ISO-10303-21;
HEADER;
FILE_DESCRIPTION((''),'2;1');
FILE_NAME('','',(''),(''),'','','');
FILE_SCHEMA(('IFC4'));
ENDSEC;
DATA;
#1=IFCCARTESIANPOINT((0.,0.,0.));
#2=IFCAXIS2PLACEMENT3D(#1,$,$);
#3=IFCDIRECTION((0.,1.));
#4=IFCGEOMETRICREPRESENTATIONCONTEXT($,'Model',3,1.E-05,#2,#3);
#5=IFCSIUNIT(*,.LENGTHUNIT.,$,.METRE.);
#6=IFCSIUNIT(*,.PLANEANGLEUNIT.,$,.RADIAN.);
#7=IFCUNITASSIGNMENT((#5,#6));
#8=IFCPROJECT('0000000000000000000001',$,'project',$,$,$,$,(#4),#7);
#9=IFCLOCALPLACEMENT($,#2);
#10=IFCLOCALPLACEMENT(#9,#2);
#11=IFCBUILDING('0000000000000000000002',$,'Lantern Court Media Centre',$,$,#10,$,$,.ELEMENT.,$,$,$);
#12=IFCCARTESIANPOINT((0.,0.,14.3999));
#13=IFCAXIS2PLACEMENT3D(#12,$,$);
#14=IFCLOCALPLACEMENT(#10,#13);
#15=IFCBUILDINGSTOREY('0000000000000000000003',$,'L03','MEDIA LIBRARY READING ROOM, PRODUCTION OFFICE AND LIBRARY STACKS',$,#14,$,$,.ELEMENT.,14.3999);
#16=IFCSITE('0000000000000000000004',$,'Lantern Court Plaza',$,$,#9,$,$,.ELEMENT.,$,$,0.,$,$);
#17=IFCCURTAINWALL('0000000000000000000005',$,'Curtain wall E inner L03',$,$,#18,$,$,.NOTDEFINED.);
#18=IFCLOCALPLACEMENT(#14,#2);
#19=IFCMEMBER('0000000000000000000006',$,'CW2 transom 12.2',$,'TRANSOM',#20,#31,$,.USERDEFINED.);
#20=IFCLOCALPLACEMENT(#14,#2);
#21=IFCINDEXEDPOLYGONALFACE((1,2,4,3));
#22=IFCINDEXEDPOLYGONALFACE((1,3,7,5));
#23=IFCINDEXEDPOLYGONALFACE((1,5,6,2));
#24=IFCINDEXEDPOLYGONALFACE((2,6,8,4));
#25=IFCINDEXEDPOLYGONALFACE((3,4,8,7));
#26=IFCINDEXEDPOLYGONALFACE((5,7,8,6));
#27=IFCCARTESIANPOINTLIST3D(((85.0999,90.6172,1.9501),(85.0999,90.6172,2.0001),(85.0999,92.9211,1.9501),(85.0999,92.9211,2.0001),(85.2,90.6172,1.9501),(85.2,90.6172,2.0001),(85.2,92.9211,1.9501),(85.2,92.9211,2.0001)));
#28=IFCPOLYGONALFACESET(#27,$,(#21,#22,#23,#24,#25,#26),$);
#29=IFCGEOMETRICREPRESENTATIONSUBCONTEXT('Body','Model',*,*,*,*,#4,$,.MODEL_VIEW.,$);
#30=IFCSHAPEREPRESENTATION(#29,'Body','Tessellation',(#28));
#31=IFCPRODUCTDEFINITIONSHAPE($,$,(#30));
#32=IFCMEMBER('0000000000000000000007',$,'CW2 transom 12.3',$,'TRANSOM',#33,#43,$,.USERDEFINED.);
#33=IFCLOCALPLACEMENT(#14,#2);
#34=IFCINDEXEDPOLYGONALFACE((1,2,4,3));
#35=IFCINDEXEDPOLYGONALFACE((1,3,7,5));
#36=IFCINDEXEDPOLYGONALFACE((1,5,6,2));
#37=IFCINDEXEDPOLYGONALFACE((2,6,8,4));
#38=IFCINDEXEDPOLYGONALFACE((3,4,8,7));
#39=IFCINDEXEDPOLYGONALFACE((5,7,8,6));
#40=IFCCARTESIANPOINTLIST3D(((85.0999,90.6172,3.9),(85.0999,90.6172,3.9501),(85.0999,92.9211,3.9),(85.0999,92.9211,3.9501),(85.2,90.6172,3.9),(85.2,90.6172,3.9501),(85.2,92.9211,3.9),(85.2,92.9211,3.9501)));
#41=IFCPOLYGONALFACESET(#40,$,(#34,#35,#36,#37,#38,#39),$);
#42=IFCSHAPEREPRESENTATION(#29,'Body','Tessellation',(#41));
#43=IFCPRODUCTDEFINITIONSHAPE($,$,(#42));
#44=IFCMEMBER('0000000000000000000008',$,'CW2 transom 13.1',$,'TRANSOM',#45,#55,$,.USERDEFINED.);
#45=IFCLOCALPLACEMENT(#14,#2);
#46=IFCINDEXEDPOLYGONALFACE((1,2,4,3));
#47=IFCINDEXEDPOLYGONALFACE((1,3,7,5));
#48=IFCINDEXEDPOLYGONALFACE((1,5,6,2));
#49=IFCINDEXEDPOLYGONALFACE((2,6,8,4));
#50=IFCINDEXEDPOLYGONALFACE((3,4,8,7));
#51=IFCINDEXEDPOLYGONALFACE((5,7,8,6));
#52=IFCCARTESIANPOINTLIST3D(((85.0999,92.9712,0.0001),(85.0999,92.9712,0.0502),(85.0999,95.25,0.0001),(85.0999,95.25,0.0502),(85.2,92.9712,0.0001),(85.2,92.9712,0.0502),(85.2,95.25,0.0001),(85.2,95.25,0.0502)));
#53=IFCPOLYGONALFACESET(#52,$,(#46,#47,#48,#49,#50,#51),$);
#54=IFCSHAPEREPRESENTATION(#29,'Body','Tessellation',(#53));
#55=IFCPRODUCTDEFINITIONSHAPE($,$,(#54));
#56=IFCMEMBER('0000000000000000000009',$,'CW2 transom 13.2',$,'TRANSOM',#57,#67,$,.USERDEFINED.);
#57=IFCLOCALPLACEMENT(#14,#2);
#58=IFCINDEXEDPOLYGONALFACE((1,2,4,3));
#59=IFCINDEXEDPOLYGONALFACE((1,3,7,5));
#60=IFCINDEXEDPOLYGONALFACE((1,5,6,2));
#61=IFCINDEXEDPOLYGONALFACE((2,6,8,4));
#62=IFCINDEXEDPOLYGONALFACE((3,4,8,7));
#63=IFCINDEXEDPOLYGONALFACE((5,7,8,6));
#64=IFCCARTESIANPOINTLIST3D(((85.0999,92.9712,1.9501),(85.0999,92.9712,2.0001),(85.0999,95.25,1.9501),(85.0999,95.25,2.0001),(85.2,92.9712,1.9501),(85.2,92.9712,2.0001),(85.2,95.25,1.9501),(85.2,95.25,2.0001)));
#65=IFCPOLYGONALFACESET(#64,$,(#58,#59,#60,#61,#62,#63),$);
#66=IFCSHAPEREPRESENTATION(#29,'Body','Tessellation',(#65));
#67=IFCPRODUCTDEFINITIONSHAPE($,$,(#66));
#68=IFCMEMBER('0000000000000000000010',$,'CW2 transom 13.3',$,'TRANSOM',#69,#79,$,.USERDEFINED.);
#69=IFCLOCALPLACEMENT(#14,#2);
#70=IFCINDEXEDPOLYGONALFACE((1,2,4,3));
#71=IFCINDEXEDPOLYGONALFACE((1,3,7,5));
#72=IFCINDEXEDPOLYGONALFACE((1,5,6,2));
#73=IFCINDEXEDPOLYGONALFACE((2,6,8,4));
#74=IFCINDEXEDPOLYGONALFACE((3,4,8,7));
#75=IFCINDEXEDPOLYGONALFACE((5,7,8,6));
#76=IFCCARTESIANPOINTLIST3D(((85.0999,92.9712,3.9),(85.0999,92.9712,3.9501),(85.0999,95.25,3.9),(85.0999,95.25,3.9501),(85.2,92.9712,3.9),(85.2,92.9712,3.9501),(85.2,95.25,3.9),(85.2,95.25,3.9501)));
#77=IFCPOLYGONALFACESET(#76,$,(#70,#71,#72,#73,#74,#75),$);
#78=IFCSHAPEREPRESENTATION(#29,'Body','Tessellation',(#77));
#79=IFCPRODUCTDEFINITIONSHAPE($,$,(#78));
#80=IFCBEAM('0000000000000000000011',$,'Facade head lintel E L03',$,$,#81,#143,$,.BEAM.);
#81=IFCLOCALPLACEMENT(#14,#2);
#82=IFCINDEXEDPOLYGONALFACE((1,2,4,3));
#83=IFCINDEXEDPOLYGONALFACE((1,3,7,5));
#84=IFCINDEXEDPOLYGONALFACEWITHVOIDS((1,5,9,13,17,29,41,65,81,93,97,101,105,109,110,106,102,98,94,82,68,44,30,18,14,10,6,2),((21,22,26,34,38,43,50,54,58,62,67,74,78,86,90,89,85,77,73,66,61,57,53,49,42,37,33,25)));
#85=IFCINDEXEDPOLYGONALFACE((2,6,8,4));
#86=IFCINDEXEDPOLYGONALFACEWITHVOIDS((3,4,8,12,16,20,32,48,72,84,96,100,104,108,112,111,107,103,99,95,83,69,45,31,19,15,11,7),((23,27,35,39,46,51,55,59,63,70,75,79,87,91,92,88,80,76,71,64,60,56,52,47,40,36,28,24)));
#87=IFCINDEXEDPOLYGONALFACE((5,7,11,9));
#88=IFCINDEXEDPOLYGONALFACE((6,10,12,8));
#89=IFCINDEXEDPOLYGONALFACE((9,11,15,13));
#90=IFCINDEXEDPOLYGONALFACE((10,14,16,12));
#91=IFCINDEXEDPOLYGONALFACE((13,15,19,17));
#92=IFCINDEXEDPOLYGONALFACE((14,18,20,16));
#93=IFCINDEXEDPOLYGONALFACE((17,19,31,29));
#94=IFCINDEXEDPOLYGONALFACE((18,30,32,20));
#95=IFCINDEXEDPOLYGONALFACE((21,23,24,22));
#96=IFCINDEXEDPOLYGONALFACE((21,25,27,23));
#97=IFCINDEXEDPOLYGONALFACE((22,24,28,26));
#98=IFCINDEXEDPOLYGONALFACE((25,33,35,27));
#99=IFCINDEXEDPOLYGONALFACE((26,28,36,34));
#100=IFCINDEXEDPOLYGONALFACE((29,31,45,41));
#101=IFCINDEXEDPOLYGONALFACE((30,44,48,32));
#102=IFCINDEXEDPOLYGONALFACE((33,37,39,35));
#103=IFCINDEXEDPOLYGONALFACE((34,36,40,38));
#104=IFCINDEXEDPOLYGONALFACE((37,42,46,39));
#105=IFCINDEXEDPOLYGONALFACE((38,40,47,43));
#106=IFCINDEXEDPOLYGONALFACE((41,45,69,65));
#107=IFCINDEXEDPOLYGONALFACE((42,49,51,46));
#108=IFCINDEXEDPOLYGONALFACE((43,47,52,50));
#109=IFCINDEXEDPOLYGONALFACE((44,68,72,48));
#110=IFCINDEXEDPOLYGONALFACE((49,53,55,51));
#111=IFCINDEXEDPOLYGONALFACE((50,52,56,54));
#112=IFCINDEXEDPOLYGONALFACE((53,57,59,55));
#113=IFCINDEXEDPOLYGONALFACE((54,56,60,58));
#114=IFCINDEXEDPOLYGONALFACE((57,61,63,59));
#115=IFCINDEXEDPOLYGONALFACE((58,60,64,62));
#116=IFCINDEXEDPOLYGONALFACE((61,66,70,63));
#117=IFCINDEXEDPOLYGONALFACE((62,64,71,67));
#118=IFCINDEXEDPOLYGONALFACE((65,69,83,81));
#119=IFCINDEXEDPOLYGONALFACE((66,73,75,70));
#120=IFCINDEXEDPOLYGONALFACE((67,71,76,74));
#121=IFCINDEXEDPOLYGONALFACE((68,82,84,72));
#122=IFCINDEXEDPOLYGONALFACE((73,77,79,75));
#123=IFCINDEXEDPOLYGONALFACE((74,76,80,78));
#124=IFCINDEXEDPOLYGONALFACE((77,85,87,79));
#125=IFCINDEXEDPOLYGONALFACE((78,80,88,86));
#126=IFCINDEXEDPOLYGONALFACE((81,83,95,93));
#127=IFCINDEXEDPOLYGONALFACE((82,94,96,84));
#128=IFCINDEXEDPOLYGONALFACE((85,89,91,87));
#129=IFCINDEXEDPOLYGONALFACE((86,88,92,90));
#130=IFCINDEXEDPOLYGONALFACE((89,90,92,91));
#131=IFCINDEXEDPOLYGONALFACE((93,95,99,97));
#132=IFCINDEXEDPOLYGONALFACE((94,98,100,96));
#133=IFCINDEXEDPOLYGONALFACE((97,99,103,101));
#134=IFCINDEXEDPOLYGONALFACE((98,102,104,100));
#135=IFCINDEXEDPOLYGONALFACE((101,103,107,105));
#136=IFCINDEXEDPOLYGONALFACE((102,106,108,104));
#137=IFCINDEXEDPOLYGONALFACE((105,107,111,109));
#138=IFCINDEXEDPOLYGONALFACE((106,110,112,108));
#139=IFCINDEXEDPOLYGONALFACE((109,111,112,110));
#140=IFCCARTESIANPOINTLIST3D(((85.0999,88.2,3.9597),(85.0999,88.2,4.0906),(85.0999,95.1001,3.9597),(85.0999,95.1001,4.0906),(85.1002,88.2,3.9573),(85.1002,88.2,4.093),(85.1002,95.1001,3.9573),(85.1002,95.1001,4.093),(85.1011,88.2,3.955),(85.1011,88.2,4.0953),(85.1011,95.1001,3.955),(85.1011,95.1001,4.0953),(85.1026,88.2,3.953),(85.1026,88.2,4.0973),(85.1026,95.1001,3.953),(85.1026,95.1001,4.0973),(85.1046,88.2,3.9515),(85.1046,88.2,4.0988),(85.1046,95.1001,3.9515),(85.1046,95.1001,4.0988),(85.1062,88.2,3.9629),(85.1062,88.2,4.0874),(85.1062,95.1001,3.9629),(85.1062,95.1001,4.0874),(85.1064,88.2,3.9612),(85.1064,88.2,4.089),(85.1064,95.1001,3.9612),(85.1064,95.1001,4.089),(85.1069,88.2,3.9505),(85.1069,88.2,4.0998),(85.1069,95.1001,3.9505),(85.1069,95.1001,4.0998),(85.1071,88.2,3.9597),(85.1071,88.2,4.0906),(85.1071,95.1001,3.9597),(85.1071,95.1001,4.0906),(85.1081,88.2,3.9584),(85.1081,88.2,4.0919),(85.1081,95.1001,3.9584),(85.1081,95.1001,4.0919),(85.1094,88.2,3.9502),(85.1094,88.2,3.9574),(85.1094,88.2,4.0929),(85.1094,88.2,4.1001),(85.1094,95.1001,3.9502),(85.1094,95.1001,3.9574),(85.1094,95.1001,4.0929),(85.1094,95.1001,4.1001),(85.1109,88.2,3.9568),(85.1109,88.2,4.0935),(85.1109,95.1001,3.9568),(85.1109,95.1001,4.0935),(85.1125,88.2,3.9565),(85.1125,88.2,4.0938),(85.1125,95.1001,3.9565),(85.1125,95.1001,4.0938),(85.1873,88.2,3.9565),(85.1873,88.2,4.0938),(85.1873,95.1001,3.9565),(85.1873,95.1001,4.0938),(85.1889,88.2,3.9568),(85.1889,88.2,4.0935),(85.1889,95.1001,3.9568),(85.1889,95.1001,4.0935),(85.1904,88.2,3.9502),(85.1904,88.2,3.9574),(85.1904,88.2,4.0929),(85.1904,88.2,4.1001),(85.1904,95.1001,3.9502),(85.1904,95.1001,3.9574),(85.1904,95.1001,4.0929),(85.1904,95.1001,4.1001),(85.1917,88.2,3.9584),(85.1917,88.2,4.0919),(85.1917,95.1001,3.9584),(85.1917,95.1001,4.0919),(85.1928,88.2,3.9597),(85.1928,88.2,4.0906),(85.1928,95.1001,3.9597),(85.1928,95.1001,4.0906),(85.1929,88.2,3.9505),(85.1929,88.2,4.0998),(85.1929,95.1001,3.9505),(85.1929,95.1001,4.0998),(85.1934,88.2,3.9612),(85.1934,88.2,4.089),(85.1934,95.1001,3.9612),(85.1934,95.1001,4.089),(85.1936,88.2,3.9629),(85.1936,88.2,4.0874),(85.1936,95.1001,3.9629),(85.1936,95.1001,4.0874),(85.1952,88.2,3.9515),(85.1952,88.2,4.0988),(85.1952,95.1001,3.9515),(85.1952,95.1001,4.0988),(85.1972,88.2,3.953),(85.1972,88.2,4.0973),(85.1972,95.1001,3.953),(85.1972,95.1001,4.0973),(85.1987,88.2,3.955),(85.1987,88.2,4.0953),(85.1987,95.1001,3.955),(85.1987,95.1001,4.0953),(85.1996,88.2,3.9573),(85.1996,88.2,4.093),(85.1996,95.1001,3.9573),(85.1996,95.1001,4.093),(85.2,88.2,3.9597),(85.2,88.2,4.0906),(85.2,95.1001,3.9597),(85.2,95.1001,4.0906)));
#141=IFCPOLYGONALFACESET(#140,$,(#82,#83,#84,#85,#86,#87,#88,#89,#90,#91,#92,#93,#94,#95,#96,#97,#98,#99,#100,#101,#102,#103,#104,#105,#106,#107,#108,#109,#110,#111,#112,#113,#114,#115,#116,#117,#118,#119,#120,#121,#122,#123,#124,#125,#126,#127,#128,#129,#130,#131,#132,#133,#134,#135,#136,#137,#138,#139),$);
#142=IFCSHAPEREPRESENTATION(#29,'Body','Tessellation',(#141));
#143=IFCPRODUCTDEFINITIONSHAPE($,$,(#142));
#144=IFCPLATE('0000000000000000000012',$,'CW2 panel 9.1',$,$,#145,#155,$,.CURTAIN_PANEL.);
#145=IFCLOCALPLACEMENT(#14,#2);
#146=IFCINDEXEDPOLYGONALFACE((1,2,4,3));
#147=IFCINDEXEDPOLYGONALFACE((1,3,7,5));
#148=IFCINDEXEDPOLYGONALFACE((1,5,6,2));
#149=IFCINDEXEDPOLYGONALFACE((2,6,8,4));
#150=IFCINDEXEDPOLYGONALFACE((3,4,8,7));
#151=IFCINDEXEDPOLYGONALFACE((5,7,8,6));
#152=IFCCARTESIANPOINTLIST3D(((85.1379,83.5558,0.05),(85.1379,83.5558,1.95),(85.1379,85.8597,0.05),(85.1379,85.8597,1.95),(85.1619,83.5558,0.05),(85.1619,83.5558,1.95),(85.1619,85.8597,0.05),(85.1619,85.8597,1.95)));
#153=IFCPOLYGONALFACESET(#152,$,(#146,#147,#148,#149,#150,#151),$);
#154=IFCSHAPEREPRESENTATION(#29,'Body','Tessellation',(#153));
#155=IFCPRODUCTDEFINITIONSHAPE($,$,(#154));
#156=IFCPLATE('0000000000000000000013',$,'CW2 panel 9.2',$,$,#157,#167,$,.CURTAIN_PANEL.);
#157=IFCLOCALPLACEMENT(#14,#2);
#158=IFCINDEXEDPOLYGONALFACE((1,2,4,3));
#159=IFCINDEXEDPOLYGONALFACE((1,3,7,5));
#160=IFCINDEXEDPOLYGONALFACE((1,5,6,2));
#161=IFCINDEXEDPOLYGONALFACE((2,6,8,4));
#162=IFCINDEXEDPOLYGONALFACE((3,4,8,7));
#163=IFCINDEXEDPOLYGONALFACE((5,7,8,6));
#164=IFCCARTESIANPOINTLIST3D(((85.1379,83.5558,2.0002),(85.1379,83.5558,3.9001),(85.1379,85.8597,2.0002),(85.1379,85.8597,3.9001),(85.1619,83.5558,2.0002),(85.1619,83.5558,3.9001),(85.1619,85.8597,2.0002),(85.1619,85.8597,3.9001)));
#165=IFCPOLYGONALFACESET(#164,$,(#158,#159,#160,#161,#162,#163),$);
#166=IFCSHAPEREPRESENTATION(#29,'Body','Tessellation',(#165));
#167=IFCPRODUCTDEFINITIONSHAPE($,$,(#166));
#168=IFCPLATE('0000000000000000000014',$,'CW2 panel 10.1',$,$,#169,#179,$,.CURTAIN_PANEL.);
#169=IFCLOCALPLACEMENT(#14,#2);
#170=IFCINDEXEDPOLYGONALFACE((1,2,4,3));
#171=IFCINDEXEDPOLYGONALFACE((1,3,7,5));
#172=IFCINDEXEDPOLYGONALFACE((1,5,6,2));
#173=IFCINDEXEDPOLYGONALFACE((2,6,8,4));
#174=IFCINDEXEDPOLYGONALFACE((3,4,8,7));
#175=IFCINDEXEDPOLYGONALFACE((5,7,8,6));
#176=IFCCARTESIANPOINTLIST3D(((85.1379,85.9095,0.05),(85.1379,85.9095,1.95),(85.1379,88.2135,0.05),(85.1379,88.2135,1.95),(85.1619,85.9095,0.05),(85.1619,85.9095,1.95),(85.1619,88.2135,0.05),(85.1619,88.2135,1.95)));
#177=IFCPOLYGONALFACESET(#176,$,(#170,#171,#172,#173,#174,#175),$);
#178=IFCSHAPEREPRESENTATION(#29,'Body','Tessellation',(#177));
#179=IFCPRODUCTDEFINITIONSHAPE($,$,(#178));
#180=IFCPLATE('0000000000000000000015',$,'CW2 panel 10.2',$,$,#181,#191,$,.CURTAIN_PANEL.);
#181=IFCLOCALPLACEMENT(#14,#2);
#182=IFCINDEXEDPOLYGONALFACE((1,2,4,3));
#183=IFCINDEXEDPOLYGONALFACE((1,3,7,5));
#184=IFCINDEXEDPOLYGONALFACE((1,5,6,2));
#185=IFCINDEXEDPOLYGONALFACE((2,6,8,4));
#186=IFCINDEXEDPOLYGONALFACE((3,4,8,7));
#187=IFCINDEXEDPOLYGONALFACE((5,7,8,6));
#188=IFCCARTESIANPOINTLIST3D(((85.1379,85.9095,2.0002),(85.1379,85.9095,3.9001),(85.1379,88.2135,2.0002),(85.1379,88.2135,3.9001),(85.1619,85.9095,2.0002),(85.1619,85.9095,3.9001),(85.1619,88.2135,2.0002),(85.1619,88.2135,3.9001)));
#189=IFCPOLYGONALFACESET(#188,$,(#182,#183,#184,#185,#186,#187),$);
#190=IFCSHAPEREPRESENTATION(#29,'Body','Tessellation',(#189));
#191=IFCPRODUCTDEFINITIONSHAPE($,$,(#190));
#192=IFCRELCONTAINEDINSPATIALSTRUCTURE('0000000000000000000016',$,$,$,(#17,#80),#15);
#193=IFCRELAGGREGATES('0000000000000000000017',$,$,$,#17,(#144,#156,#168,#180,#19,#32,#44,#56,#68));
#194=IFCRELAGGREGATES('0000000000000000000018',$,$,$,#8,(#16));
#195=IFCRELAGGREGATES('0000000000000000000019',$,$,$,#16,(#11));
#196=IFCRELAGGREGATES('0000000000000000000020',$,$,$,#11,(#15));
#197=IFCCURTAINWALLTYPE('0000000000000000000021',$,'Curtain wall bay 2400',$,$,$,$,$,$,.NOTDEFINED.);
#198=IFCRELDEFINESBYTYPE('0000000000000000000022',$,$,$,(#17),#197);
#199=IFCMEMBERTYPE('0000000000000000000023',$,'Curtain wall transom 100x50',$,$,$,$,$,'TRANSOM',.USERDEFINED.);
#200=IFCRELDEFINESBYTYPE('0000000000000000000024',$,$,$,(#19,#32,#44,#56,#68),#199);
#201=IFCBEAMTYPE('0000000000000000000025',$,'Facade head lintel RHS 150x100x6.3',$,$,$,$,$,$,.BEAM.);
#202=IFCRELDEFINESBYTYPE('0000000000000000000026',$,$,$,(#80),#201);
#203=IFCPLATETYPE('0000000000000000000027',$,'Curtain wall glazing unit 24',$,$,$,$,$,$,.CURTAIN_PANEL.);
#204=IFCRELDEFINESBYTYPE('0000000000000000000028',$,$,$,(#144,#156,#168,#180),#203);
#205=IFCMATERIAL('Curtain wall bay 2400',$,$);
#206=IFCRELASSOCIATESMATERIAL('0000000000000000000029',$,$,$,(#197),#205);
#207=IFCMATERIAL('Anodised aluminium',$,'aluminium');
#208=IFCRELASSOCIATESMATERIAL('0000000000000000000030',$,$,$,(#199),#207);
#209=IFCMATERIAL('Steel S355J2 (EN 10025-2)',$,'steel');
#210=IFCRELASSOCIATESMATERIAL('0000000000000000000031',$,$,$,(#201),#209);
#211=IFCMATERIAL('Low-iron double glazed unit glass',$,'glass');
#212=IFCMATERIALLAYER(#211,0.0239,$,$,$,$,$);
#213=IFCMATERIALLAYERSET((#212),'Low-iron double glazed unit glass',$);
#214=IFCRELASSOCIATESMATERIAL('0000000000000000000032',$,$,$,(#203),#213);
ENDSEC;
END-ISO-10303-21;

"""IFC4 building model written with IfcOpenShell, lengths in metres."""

from ifc_helpers import new_model, si_unit, direction, frame, origin, origin_2d, place, context, subcontext, project, spatial, rectangle, hollow_rectangle, extrude, material, layer, layer_set, material_profile, profile_set, type_object, element, aggregate, save


model = new_model("IFC4")

# Units and contexts
model_context = context("Model", 3, precision=1e-05, world=origin(), true_north=direction((0.0, 1.0)))
body_context = subcontext(model_context, "Body", "Model", "MODEL_VIEW")
ifc_project = project(units=[si_unit("LENGTHUNIT", "METRE"), si_unit("PLANEANGLEUNIT", "RADIAN")], contexts=[model_context])

# Site, building, storey
site_placement = place(None, origin())
site = spatial("IfcSite", under=ifc_project, at=site_placement, Name="Lantern Court Plaza", CompositionType="ELEMENT", RefElevation=0.0)
building_placement = place(site_placement, origin())
building = spatial("IfcBuilding", under=site, at=building_placement, Name="Lantern Court Media Centre", CompositionType="ELEMENT")
storey_placement = place(building_placement, frame((0.0, 0.0, 14.3999)))
storey = spatial("IfcBuildingStorey", under=building, at=storey_placement, Name="L03", Description="MEDIA LIBRARY READING ROOM, PRODUCTION OFFICE AND LIBRARY STACKS", CompositionType="ELEMENT", Elevation=14.3999)

# Curtain wall, members
ifc_material_1 = material(Name="Curtain wall bay 2400")
curtain_wall_type = type_object("IfcCurtainWallType", Name="Curtain wall bay 2400", PredefinedType="NOTDEFINED", material=ifc_material_1)
curtain_wall_placement = place(storey_placement, origin())
curtain_wall = element("IfcCurtainWall", 1, at=curtain_wall_placement, inside=storey, type_object=curtain_wall_type, Name="Curtain wall E inner L03", PredefinedType="NOTDEFINED")
ifc_material_2 = material(Name="Anodised aluminium", Category="aluminium")
ifc_material_profile_1 = material_profile(ifc_material_2, rectangle(XDim=0.1001, YDim=0.05, at=origin_2d()), Name="AL 50x100")
ifc_profile_set_1 = profile_set([ifc_material_profile_1], Name="Anodised aluminium")
member_type_1 = type_object("IfcMemberType", Name="Curtain wall transom 100x50", ElementType="TRANSOM", PredefinedType="USERDEFINED", material=ifc_profile_set_1)
member_1_placement = place(storey_placement, frame((85.1499, 90.6172, 1.9751), z_axis=(0.0, 1.0, 0.0), x_axis=(-1.0, 0.0, 0.0)))
member_1 = element("IfcMember", 2, at=member_1_placement, type_object=member_type_1, Name="CW2 transom 12.2", ObjectType="TRANSOM", PredefinedType="USERDEFINED", context=body_context, shape_type="SweptSolid", body=[
    extrude(rectangle(XDim=0.1001, YDim=0.05, at=origin_2d()), origin(), (0.0, 0.0, 1.0), 2.304),
])
member_2_placement = place(storey_placement, frame((85.1499, 90.6172, 3.925), z_axis=(0.0, 1.0, 0.0), x_axis=(-1.0, 0.0, 0.0)))
member_2 = element("IfcMember", 3, at=member_2_placement, type_object=member_type_1, Name="CW2 transom 12.3", ObjectType="TRANSOM", PredefinedType="USERDEFINED", context=body_context, shape_type="SweptSolid", body=[
    extrude(rectangle(XDim=0.1001, YDim=0.05, at=origin_2d()), origin(), (0.0, 0.0, 1.0), 2.304),
])
member_3_placement = place(storey_placement, frame((85.1499, 92.9712, 0.0251), z_axis=(0.0, 1.0, 0.0), x_axis=(-1.0, 0.0, 0.0)))
member_3 = element("IfcMember", 4, at=member_3_placement, type_object=member_type_1, Name="CW2 transom 13.1", ObjectType="TRANSOM", PredefinedType="USERDEFINED", context=body_context, shape_type="SweptSolid", body=[
    extrude(rectangle(XDim=0.1001, YDim=0.05, at=origin_2d()), origin(), (0.0, 0.0, 1.0), 2.2788),
])
member_4_placement = place(storey_placement, frame((85.1499, 92.9712, 1.9751), z_axis=(0.0, 1.0, 0.0), x_axis=(-1.0, 0.0, 0.0)))
member_4 = element("IfcMember", 5, at=member_4_placement, type_object=member_type_1, Name="CW2 transom 13.2", ObjectType="TRANSOM", PredefinedType="USERDEFINED", context=body_context, shape_type="SweptSolid", body=[
    extrude(rectangle(XDim=0.1001, YDim=0.05, at=origin_2d()), origin(), (0.0, 0.0, 1.0), 2.2788),
])
member_5_placement = place(storey_placement, frame((85.1499, 92.9712, 3.925), z_axis=(0.0, 1.0, 0.0), x_axis=(-1.0, 0.0, 0.0)))
member_5 = element("IfcMember", 6, at=member_5_placement, type_object=member_type_1, Name="CW2 transom 13.3", ObjectType="TRANSOM", PredefinedType="USERDEFINED", context=body_context, shape_type="SweptSolid", body=[
    extrude(rectangle(XDim=0.1001, YDim=0.05, at=origin_2d()), origin(), (0.0, 0.0, 1.0), 2.2788),
])

# Beam
ifc_material_3 = material(Name="Steel S355J2 (EN 10025-2)", Category="steel")
ifc_material_profile_2 = material_profile(ifc_material_3, hollow_rectangle(XDim=0.1001, YDim=0.1499, WallThickness=0.0063, InnerFilletRadius=0.0063, OuterFilletRadius=0.0095, at=origin_2d()), Name="Facade head lintel RHS 150x100x6.3")
ifc_profile_set_2 = profile_set([ifc_material_profile_2], Name="Steel S355J2 (EN 10025-2)")
beam_type = type_object("IfcBeamType", Name="Facade head lintel RHS 150x100x6.3", PredefinedType="BEAM", material=ifc_profile_set_2)
beam_placement = place(storey_placement, frame((85.1499, 88.2, 4.0251), z_axis=(0.0, 1.0, 0.0), x_axis=(-1.0, 0.0, 0.0)))
element("IfcBeam", 7, at=beam_placement, inside=storey, type_object=beam_type, Name="Facade head lintel E L03", PredefinedType="BEAM", context=body_context, shape_type="SweptSolid", body=[
    extrude(hollow_rectangle(XDim=0.1001, YDim=0.1499, WallThickness=0.0063, InnerFilletRadius=0.0063, OuterFilletRadius=0.0095, at=origin_2d()), origin(), (0.0, 0.0, 1.0), 6.9001),
])

# Plates
ifc_material_4 = material(Name="Low-iron double glazed unit glass", Category="glass")
ifc_layer_1 = layer(ifc_material_4, 0.0239)
ifc_layer_set_1 = layer_set([ifc_layer_1], Name="Low-iron double glazed unit glass")
plate_type = type_object("IfcPlateType", Name="Curtain wall glazing unit 24", PredefinedType="CURTAIN_PANEL", material=ifc_layer_set_1)
plate_1_placement = place(storey_placement, frame((85.1499, 84.7078, 0.05), z_axis=(0.0, 0.0, 1.0), x_axis=(0.0, 1.0, 0.0)))
plate_1 = element("IfcPlate", 8, at=plate_1_placement, type_object=plate_type, Name="CW2 panel 9.1", PredefinedType="CURTAIN_PANEL", context=body_context, shape_type="SweptSolid", body=[
    extrude(rectangle(XDim=2.304, YDim=0.0239, at=origin_2d()), origin(), (0.0, 0.0, 1.0), 1.8999),
])
plate_2_placement = place(storey_placement, frame((85.1499, 84.7078, 2.0002), z_axis=(0.0, 0.0, 1.0), x_axis=(0.0, 1.0, 0.0)))
plate_2 = element("IfcPlate", 9, at=plate_2_placement, type_object=plate_type, Name="CW2 panel 9.2", PredefinedType="CURTAIN_PANEL", context=body_context, shape_type="SweptSolid", body=[
    extrude(rectangle(XDim=2.304, YDim=0.0239, at=origin_2d()), origin(), (0.0, 0.0, 1.0), 1.8999),
])
plate_3_placement = place(storey_placement, frame((85.1499, 87.0615, 0.05), z_axis=(0.0, 0.0, 1.0), x_axis=(0.0, 1.0, 0.0)))
plate_3 = element("IfcPlate", 10, at=plate_3_placement, type_object=plate_type, Name="CW2 panel 10.1", PredefinedType="CURTAIN_PANEL", context=body_context, shape_type="SweptSolid", body=[
    extrude(rectangle(XDim=2.304, YDim=0.0239, at=origin_2d()), origin(), (0.0, 0.0, 1.0), 1.8999),
])
plate_4_placement = place(storey_placement, frame((85.1499, 87.0615, 2.0002), z_axis=(0.0, 0.0, 1.0), x_axis=(0.0, 1.0, 0.0)))
plate_4 = element("IfcPlate", 11, at=plate_4_placement, type_object=plate_type, Name="CW2 panel 10.2", PredefinedType="CURTAIN_PANEL", context=body_context, shape_type="SweptSolid", body=[
    extrude(rectangle(XDim=2.304, YDim=0.0239, at=origin_2d()), origin(), (0.0, 0.0, 1.0), 1.8999),
])
aggregate(curtain_wall, [plate_1, plate_2, plate_3, plate_4, member_1, member_2, member_3, member_4, member_5])

save(model, "model.ifc")
